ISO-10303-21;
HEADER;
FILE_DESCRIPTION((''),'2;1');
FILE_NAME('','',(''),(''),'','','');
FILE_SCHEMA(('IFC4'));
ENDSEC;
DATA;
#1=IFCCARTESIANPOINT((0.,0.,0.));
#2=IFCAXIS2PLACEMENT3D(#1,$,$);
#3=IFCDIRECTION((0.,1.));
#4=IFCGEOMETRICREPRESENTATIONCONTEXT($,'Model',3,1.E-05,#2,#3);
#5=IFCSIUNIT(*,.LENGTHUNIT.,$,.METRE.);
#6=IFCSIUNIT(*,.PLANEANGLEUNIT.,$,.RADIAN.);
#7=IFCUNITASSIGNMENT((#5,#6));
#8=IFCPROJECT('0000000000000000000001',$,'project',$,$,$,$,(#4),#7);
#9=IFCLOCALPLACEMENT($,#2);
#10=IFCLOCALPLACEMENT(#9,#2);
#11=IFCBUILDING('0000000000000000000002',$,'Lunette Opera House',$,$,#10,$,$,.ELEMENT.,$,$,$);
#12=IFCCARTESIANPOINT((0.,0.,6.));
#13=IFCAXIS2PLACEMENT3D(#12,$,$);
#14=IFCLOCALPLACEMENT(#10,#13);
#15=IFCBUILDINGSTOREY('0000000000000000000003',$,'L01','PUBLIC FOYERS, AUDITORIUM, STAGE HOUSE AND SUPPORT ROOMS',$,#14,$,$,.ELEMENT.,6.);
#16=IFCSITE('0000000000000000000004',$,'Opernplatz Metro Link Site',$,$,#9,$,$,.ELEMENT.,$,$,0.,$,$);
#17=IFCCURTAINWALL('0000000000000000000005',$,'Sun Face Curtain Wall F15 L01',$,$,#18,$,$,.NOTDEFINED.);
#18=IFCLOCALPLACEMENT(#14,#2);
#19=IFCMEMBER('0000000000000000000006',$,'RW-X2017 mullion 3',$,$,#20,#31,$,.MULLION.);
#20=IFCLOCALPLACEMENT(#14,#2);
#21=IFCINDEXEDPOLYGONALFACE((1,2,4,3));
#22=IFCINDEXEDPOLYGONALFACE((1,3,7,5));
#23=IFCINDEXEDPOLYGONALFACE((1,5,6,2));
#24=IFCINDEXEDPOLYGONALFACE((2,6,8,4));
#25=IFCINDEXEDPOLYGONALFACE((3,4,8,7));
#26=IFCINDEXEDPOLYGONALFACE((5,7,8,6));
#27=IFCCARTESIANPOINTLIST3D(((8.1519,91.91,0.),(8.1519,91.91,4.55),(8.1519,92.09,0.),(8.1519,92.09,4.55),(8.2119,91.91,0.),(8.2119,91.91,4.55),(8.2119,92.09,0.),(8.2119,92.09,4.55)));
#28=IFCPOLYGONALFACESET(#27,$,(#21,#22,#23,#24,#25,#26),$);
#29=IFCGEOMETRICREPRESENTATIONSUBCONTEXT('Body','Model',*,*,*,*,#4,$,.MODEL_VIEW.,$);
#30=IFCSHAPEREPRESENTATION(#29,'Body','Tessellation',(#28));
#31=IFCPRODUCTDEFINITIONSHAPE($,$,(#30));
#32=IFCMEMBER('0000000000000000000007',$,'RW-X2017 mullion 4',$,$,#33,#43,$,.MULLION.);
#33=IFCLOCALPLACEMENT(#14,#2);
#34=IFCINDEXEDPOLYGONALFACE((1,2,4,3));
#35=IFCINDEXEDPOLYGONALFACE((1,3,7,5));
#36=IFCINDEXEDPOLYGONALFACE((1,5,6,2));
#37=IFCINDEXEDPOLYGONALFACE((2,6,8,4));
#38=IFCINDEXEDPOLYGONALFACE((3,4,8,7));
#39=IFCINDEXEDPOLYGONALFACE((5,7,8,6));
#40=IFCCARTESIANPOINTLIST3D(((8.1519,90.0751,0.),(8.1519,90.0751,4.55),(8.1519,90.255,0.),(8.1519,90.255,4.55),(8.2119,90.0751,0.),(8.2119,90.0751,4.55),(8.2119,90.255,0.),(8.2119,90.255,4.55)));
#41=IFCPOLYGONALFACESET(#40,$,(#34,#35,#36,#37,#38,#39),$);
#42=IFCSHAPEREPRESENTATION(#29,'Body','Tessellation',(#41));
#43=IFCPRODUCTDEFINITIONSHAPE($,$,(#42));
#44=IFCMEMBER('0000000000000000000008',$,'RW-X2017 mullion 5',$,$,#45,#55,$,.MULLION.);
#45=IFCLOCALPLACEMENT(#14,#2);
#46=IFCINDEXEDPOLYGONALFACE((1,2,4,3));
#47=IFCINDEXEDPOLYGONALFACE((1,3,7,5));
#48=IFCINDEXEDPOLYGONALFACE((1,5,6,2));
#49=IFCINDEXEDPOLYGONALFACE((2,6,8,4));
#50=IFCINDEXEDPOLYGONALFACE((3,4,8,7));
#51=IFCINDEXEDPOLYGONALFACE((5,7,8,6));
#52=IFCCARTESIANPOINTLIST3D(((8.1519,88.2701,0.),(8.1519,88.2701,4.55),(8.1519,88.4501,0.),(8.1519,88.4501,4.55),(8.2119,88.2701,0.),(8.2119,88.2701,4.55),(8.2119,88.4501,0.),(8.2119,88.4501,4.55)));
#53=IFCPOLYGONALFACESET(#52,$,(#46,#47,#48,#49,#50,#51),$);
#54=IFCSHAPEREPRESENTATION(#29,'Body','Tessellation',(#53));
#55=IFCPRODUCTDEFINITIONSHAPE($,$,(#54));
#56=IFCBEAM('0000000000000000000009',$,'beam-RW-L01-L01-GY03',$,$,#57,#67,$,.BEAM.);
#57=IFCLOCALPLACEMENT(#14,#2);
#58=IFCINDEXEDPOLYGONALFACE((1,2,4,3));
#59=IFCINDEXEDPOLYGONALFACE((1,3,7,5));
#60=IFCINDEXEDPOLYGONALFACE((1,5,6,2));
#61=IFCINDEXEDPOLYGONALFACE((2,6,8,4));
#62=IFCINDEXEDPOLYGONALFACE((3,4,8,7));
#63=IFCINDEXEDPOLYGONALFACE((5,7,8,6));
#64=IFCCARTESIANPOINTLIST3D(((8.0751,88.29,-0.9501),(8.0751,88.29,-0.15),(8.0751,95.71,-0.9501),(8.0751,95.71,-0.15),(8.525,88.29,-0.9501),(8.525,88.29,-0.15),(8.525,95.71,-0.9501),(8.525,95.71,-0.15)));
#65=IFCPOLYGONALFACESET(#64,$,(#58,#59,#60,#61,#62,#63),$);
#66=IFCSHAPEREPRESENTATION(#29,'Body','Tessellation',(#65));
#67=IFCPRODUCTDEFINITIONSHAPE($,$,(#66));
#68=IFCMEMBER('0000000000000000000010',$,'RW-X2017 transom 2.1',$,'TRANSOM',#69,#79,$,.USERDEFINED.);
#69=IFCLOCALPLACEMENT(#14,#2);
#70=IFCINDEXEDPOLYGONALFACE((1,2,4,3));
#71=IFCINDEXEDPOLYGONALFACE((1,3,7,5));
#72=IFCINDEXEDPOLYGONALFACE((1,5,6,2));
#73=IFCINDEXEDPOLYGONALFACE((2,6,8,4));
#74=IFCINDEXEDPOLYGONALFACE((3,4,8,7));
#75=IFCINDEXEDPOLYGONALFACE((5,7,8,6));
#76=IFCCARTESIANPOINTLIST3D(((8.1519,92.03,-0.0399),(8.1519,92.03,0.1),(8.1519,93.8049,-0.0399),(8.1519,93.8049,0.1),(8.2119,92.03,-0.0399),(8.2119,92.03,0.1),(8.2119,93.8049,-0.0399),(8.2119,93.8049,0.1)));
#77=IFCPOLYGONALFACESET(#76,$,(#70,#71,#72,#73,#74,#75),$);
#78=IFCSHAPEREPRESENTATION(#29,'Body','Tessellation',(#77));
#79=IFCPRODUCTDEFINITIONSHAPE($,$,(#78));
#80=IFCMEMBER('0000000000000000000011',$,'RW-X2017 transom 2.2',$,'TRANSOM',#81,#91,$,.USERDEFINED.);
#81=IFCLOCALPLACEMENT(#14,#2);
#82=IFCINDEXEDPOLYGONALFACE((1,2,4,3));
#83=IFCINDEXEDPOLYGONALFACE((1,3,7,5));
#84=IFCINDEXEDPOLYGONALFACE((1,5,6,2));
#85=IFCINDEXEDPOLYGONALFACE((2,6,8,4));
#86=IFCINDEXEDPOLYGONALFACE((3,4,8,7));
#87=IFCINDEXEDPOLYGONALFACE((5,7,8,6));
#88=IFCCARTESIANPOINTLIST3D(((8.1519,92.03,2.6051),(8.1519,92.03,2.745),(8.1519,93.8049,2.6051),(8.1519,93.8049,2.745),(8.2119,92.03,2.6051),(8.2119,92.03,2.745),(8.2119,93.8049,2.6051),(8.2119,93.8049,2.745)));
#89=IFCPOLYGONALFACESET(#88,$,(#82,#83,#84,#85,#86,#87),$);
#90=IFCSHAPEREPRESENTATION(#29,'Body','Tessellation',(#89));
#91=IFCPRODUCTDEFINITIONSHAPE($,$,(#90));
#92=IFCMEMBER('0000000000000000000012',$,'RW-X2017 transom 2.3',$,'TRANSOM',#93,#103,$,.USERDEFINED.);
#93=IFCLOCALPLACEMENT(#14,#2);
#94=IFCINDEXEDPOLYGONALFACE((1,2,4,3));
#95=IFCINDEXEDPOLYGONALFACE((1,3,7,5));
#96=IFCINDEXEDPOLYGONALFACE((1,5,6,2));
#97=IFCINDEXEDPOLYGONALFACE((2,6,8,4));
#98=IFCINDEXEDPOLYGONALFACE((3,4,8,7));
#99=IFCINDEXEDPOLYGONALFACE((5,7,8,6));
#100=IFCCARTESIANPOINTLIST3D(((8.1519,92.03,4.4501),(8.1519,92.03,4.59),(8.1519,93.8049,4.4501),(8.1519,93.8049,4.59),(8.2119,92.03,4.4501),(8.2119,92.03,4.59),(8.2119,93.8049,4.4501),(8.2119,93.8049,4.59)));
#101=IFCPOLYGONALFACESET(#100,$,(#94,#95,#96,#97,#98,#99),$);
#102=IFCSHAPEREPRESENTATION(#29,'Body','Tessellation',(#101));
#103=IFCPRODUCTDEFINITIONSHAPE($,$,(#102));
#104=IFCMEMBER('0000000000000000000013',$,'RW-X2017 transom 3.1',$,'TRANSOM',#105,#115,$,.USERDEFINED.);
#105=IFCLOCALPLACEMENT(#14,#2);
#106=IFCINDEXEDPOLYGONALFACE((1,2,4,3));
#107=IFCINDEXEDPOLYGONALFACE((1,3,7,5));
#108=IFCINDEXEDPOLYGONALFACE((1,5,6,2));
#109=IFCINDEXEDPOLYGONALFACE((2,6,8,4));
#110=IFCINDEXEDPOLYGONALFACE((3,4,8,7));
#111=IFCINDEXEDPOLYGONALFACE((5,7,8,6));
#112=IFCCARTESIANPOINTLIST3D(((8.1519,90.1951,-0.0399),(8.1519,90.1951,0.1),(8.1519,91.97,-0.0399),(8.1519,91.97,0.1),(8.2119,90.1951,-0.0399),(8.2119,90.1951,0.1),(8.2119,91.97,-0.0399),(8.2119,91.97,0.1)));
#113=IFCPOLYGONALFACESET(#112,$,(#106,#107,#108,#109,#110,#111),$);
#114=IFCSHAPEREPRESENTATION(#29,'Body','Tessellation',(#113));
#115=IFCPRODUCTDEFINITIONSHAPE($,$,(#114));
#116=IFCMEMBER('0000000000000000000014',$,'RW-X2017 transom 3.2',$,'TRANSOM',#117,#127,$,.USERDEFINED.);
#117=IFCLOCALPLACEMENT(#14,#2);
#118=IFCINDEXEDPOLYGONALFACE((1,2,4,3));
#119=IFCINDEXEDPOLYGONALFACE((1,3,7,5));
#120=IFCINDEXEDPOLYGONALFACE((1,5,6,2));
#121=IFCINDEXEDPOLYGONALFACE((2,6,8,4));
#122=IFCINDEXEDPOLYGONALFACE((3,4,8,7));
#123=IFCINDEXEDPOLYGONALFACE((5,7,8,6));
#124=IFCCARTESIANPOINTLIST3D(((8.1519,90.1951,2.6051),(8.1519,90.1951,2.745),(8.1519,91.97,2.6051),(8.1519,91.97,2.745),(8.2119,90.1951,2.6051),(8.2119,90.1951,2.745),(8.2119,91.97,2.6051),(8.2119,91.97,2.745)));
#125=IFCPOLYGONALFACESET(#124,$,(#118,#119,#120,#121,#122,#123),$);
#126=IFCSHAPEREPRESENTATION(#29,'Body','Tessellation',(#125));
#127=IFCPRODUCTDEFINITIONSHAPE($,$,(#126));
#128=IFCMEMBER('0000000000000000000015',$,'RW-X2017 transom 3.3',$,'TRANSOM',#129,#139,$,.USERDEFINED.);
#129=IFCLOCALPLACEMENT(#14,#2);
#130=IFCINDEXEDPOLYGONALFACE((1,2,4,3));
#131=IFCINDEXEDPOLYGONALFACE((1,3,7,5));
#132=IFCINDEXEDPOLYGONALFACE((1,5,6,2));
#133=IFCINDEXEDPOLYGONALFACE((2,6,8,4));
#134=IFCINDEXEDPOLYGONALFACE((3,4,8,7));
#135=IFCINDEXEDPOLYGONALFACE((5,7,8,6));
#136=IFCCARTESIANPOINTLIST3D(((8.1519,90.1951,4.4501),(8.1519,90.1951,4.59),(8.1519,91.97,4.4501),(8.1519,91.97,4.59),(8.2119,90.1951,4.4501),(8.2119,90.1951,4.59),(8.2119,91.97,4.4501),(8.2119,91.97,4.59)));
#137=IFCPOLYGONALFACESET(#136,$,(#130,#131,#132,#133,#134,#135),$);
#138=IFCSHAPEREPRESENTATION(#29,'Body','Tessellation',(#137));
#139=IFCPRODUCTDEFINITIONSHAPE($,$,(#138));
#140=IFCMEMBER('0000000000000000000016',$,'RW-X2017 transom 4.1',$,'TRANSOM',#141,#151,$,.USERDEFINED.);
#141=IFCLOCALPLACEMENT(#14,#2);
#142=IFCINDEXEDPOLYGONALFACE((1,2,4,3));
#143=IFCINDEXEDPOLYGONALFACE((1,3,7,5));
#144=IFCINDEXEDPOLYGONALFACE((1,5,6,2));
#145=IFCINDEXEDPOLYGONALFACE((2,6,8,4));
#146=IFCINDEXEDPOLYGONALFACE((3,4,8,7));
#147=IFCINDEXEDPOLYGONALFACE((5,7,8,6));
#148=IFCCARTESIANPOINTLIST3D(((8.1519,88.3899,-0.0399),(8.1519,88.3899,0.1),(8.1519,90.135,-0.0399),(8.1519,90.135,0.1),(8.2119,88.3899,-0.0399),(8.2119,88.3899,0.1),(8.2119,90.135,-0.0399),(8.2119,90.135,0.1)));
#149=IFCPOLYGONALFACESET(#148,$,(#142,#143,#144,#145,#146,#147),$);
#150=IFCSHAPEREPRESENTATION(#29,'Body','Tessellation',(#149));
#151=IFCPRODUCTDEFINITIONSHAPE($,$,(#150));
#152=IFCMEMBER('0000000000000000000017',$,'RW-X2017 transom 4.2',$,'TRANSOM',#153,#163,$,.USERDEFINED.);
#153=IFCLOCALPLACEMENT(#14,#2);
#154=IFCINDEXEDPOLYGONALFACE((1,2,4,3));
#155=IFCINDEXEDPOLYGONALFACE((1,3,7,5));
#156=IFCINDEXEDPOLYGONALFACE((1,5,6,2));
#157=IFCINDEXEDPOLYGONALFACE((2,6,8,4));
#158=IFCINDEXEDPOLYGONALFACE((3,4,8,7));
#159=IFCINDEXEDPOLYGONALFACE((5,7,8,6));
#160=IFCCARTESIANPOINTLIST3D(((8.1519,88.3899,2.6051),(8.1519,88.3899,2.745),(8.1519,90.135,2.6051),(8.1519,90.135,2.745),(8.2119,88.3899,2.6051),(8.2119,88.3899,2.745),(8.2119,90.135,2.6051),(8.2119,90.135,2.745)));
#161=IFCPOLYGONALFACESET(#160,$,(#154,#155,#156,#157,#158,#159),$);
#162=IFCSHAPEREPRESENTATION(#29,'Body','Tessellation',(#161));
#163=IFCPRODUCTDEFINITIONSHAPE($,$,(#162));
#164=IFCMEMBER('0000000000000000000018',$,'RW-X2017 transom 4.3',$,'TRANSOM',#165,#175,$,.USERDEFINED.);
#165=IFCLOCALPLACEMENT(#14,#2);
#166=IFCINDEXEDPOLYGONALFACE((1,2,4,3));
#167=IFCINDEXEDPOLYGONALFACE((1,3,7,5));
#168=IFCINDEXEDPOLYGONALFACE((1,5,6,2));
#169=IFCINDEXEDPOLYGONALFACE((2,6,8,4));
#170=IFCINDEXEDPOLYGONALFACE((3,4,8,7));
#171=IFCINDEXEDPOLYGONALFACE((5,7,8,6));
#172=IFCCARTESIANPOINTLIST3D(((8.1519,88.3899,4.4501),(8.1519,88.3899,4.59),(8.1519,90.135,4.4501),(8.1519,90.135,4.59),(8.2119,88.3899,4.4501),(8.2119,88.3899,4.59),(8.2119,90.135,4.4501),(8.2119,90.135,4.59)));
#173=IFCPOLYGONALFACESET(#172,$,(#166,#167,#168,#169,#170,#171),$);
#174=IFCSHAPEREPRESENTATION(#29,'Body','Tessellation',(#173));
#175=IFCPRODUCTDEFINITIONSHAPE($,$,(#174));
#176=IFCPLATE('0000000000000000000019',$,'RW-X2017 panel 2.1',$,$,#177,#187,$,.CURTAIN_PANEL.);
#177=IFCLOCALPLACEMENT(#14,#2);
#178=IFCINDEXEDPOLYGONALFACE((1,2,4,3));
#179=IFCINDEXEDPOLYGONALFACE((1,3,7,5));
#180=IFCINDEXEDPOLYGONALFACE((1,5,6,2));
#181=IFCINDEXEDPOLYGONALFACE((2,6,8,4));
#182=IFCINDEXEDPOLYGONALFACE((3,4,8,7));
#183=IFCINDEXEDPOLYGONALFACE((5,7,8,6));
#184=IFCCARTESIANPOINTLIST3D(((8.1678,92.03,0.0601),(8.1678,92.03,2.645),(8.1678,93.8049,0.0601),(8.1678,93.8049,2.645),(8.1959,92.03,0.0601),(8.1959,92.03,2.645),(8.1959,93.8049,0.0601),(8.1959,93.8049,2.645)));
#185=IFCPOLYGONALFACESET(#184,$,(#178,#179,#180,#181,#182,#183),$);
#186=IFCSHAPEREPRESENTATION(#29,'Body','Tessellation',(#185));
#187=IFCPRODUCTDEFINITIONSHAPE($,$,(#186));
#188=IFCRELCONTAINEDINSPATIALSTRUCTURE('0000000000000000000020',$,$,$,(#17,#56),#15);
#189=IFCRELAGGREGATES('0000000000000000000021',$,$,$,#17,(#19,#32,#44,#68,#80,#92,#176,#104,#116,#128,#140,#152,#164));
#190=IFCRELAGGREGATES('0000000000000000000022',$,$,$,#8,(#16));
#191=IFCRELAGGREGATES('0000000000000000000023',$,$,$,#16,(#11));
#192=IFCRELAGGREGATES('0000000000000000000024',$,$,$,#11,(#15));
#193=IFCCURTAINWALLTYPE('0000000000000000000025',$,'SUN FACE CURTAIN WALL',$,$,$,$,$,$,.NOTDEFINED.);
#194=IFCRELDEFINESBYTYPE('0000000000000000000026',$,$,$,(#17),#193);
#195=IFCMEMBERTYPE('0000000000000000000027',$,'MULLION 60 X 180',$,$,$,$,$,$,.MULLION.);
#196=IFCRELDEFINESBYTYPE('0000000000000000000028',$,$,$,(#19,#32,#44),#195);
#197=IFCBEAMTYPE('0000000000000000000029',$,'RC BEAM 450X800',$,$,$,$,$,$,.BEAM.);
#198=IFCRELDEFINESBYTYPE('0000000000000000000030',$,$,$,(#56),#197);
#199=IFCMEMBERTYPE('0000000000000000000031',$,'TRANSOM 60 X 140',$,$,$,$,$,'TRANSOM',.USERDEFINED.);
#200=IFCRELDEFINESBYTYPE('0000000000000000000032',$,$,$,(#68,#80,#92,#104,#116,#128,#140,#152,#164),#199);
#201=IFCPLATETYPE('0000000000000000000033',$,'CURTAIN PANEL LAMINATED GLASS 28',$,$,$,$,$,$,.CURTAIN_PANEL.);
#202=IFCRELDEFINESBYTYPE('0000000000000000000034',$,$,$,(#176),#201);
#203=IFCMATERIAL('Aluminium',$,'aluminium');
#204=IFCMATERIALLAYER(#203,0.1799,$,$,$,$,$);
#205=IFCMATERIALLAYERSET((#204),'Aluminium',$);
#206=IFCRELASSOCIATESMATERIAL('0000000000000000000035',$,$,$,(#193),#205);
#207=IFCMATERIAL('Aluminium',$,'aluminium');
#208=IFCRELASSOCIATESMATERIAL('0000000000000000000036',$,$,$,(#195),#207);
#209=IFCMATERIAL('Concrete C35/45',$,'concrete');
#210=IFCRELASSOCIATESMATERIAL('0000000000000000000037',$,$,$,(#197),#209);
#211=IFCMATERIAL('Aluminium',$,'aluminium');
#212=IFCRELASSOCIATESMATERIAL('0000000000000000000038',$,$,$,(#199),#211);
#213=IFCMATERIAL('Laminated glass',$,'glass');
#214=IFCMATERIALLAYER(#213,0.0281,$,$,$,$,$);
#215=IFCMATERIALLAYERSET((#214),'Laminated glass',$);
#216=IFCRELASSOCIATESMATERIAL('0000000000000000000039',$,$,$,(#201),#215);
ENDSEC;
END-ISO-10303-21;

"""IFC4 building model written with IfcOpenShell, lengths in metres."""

from ifc_helpers import new_model, si_unit, direction, frame, origin, origin_2d, place, context, subcontext, project, spatial, rectangle, extrude, material, layer, layer_set, material_profile, profile_set, type_object, element, aggregate, save


model = new_model("IFC4")

# Units and contexts
model_context = context("Model", 3, precision=1e-05, world=origin(), true_north=direction((0.0, 1.0)))
body_context = subcontext(model_context, "Body", "Model", "MODEL_VIEW")
ifc_project = project(units=[si_unit("LENGTHUNIT", "METRE"), si_unit("PLANEANGLEUNIT", "RADIAN")], contexts=[model_context])

# Site, building, storey
site_placement = place(None, origin())
site = spatial("IfcSite", under=ifc_project, at=site_placement, Name="Opernplatz Metro Link Site", CompositionType="ELEMENT", RefElevation=0.0)
building_placement = place(site_placement, origin())
building = spatial("IfcBuilding", under=site, at=building_placement, Name="Lunette Opera House", CompositionType="ELEMENT")
storey_placement = place(building_placement, frame((0.0, 0.0, 6.0)))
storey = spatial("IfcBuildingStorey", under=building, at=storey_placement, Name="L01", Description="PUBLIC FOYERS, AUDITORIUM, STAGE HOUSE AND SUPPORT ROOMS", CompositionType="ELEMENT", Elevation=6.0)

# Curtain wall, members
ifc_material_1 = material(Name="Aluminium", Category="aluminium")
ifc_layer_1 = layer(ifc_material_1, 0.1799)
ifc_layer_set_1 = layer_set([ifc_layer_1], Name="Aluminium")
curtain_wall_type = type_object("IfcCurtainWallType", Name="SUN FACE CURTAIN WALL", PredefinedType="NOTDEFINED", material=ifc_layer_set_1)
curtain_wall_placement = place(storey_placement, origin())
curtain_wall = element("IfcCurtainWall", 1, at=curtain_wall_placement, inside=storey, type_object=curtain_wall_type, Name="Sun Face Curtain Wall F15 L01", PredefinedType="NOTDEFINED")
ifc_material_2 = material(Name="Aluminium", Category="aluminium")
ifc_material_profile_1 = material_profile(ifc_material_2, rectangle(XDim=0.0601, YDim=0.1799, at=origin_2d()), Name="MULLION 60 X 180")
ifc_profile_set_1 = profile_set([ifc_material_profile_1], Name="Aluminium")
member_type_1 = type_object("IfcMemberType", Name="MULLION 60 X 180", PredefinedType="MULLION", material=ifc_profile_set_1)
member_1_placement = place(storey_placement, frame((8.1819, 92.0, 0.0), z_axis=(0.0, 0.0, 1.0), x_axis=(1.0, 0.0, 0.0)))
member_1 = element("IfcMember", 2, at=member_1_placement, type_object=member_type_1, Name="RW-X2017 mullion 3", PredefinedType="MULLION", context=body_context, shape_type="SweptSolid", body=[
    extrude(rectangle(XDim=0.0601, YDim=0.1799, at=origin_2d()), origin(), (0.0, 0.0, 1.0), 4.55),
])
member_2_placement = place(storey_placement, frame((8.1819, 90.165, 0.0), z_axis=(0.0, 0.0, 1.0), x_axis=(1.0, 0.0, 0.0)))
member_2 = element("IfcMember", 3, at=member_2_placement, type_object=member_type_1, Name="RW-X2017 mullion 4", PredefinedType="MULLION", context=body_context, shape_type="SweptSolid", body=[
    extrude(rectangle(XDim=0.0601, YDim=0.1799, at=origin_2d()), origin(), (0.0, 0.0, 1.0), 4.55),
])
member_3_placement = place(storey_placement, frame((8.1819, 88.3601, 0.0), z_axis=(0.0, 0.0, 1.0), x_axis=(1.0, 0.0, 0.0)))
member_3 = element("IfcMember", 4, at=member_3_placement, type_object=member_type_1, Name="RW-X2017 mullion 5", PredefinedType="MULLION", context=body_context, shape_type="SweptSolid", body=[
    extrude(rectangle(XDim=0.0601, YDim=0.1799, at=origin_2d()), origin(), (0.0, 0.0, 1.0), 4.55),
])

# Beam
ifc_material_3 = material(Name="Concrete C35/45", Category="concrete")
ifc_material_profile_2 = material_profile(ifc_material_3, rectangle(XDim=0.45, YDim=0.8, at=origin_2d()), Name="RC BEAM 450X800")
ifc_profile_set_2 = profile_set([ifc_material_profile_2], Name="Concrete C35/45")
beam_type = type_object("IfcBeamType", Name="RC BEAM 450X800", PredefinedType="BEAM", material=ifc_profile_set_2)
beam_placement = place(storey_placement, frame((8.3, 88.29, -0.55), z_axis=(0.0, 1.0, 0.0), x_axis=(-1.0, 0.0, 0.0)))
element("IfcBeam", 5, at=beam_placement, inside=storey, type_object=beam_type, Name="beam-RW-L01-L01-GY03", PredefinedType="BEAM", context=body_context, shape_type="SweptSolid", body=[
    extrude(rectangle(XDim=0.45, YDim=0.8, at=origin_2d()), origin(), (0.0, 0.0, 1.0), 7.4199),
])

# Members
ifc_material_4 = material(Name="Aluminium", Category="aluminium")
ifc_material_profile_3 = material_profile(ifc_material_4, rectangle(XDim=0.0601, YDim=0.1399, at=origin_2d()), Name="TRANSOM 60 X 140")
ifc_profile_set_3 = profile_set([ifc_material_profile_3], Name="Aluminium")
member_type_2 = type_object("IfcMemberType", Name="TRANSOM 60 X 140", ElementType="TRANSOM", PredefinedType="USERDEFINED", material=ifc_profile_set_3)
member_4_placement = place(storey_placement, frame((8.1819, 93.8049, 0.03), z_axis=(0.0, -1.0, 0.0), x_axis=(1.0, 0.0, 0.0)))
member_4 = element("IfcMember", 6, at=member_4_placement, type_object=member_type_2, Name="RW-X2017 transom 2.1", ObjectType="TRANSOM", PredefinedType="USERDEFINED", context=body_context, shape_type="SweptSolid", body=[
    extrude(rectangle(XDim=0.0601, YDim=0.1399, at=origin_2d()), origin(), (0.0, 0.0, 1.0), 1.7749),
])
member_5_placement = place(storey_placement, frame((8.1819, 93.8049, 2.675), z_axis=(0.0, -1.0, 0.0), x_axis=(1.0, 0.0, 0.0)))
member_5 = element("IfcMember", 7, at=member_5_placement, type_object=member_type_2, Name="RW-X2017 transom 2.2", ObjectType="TRANSOM", PredefinedType="USERDEFINED", context=body_context, shape_type="SweptSolid", body=[
    extrude(rectangle(XDim=0.0601, YDim=0.1399, at=origin_2d()), origin(), (0.0, 0.0, 1.0), 1.7749),
])
member_6_placement = place(storey_placement, frame((8.1819, 93.8049, 4.52), z_axis=(0.0, -1.0, 0.0), x_axis=(1.0, 0.0, 0.0)))
member_6 = element("IfcMember", 8, at=member_6_placement, type_object=member_type_2, Name="RW-X2017 transom 2.3", ObjectType="TRANSOM", PredefinedType="USERDEFINED", context=body_context, shape_type="SweptSolid", body=[
    extrude(rectangle(XDim=0.0601, YDim=0.1399, at=origin_2d()), origin(), (0.0, 0.0, 1.0), 1.7749),
])
member_7_placement = place(storey_placement, frame((8.1819, 91.97, 0.03), z_axis=(0.0, -1.0, 0.0), x_axis=(1.0, 0.0, 0.0)))
member_7 = element("IfcMember", 9, at=member_7_placement, type_object=member_type_2, Name="RW-X2017 transom 3.1", ObjectType="TRANSOM", PredefinedType="USERDEFINED", context=body_context, shape_type="SweptSolid", body=[
    extrude(rectangle(XDim=0.0601, YDim=0.1399, at=origin_2d()), origin(), (0.0, 0.0, 1.0), 1.7749),
])
member_8_placement = place(storey_placement, frame((8.1819, 91.97, 2.675), z_axis=(0.0, -1.0, 0.0), x_axis=(1.0, 0.0, 0.0)))
member_8 = element("IfcMember", 10, at=member_8_placement, type_object=member_type_2, Name="RW-X2017 transom 3.2", ObjectType="TRANSOM", PredefinedType="USERDEFINED", context=body_context, shape_type="SweptSolid", body=[
    extrude(rectangle(XDim=0.0601, YDim=0.1399, at=origin_2d()), origin(), (0.0, 0.0, 1.0), 1.7749),
])
member_9_placement = place(storey_placement, frame((8.1819, 91.97, 4.52), z_axis=(0.0, -1.0, 0.0), x_axis=(1.0, 0.0, 0.0)))
member_9 = element("IfcMember", 11, at=member_9_placement, type_object=member_type_2, Name="RW-X2017 transom 3.3", ObjectType="TRANSOM", PredefinedType="USERDEFINED", context=body_context, shape_type="SweptSolid", body=[
    extrude(rectangle(XDim=0.0601, YDim=0.1399, at=origin_2d()), origin(), (0.0, 0.0, 1.0), 1.7749),
])
member_10_placement = place(storey_placement, frame((8.1819, 90.135, 0.03), z_axis=(0.0, -1.0, 0.0), x_axis=(1.0, 0.0, 0.0)))
member_10 = element("IfcMember", 12, at=member_10_placement, type_object=member_type_2, Name="RW-X2017 transom 4.1", ObjectType="TRANSOM", PredefinedType="USERDEFINED", context=body_context, shape_type="SweptSolid", body=[
    extrude(rectangle(XDim=0.0601, YDim=0.1399, at=origin_2d()), origin(), (0.0, 0.0, 1.0), 1.7451),
])
member_11_placement = place(storey_placement, frame((8.1819, 90.135, 2.675), z_axis=(0.0, -1.0, 0.0), x_axis=(1.0, 0.0, 0.0)))
member_11 = element("IfcMember", 13, at=member_11_placement, type_object=member_type_2, Name="RW-X2017 transom 4.2", ObjectType="TRANSOM", PredefinedType="USERDEFINED", context=body_context, shape_type="SweptSolid", body=[
    extrude(rectangle(XDim=0.0601, YDim=0.1399, at=origin_2d()), origin(), (0.0, 0.0, 1.0), 1.7451),
])
member_12_placement = place(storey_placement, frame((8.1819, 90.135, 4.52), z_axis=(0.0, -1.0, 0.0), x_axis=(1.0, 0.0, 0.0)))
member_12 = element("IfcMember", 14, at=member_12_placement, type_object=member_type_2, Name="RW-X2017 transom 4.3", ObjectType="TRANSOM", PredefinedType="USERDEFINED", context=body_context, shape_type="SweptSolid", body=[
    extrude(rectangle(XDim=0.0601, YDim=0.1399, at=origin_2d()), origin(), (0.0, 0.0, 1.0), 1.7451),
])

# Plate
ifc_material_5 = material(Name="Laminated glass", Category="glass")
ifc_layer_2 = layer(ifc_material_5, 0.0281)
ifc_layer_set_2 = layer_set([ifc_layer_2], Name="Laminated glass")
plate_type = type_object("IfcPlateType", Name="CURTAIN PANEL LAMINATED GLASS 28", PredefinedType="CURTAIN_PANEL", material=ifc_layer_set_2)
plate_1_placement = place(storey_placement, frame((8.1819, 92.9175, 0.0601), z_axis=(0.0, 0.0, 1.0), x_axis=(0.0, -1.0, 0.0)))
plate_1 = element("IfcPlate", 15, at=plate_1_placement, type_object=plate_type, Name="RW-X2017 panel 2.1", PredefinedType="CURTAIN_PANEL", context=body_context, shape_type="SweptSolid", body=[
    extrude(rectangle(XDim=1.7749, YDim=0.0281, at=origin_2d()), origin(), (0.0, 0.0, 1.0), 2.585),
])
aggregate(curtain_wall, [member_1, member_2, member_3, member_4, member_5, member_6, plate_1, member_7, member_8, member_9, member_10, member_11, member_12])

save(model, "model.ifc")
